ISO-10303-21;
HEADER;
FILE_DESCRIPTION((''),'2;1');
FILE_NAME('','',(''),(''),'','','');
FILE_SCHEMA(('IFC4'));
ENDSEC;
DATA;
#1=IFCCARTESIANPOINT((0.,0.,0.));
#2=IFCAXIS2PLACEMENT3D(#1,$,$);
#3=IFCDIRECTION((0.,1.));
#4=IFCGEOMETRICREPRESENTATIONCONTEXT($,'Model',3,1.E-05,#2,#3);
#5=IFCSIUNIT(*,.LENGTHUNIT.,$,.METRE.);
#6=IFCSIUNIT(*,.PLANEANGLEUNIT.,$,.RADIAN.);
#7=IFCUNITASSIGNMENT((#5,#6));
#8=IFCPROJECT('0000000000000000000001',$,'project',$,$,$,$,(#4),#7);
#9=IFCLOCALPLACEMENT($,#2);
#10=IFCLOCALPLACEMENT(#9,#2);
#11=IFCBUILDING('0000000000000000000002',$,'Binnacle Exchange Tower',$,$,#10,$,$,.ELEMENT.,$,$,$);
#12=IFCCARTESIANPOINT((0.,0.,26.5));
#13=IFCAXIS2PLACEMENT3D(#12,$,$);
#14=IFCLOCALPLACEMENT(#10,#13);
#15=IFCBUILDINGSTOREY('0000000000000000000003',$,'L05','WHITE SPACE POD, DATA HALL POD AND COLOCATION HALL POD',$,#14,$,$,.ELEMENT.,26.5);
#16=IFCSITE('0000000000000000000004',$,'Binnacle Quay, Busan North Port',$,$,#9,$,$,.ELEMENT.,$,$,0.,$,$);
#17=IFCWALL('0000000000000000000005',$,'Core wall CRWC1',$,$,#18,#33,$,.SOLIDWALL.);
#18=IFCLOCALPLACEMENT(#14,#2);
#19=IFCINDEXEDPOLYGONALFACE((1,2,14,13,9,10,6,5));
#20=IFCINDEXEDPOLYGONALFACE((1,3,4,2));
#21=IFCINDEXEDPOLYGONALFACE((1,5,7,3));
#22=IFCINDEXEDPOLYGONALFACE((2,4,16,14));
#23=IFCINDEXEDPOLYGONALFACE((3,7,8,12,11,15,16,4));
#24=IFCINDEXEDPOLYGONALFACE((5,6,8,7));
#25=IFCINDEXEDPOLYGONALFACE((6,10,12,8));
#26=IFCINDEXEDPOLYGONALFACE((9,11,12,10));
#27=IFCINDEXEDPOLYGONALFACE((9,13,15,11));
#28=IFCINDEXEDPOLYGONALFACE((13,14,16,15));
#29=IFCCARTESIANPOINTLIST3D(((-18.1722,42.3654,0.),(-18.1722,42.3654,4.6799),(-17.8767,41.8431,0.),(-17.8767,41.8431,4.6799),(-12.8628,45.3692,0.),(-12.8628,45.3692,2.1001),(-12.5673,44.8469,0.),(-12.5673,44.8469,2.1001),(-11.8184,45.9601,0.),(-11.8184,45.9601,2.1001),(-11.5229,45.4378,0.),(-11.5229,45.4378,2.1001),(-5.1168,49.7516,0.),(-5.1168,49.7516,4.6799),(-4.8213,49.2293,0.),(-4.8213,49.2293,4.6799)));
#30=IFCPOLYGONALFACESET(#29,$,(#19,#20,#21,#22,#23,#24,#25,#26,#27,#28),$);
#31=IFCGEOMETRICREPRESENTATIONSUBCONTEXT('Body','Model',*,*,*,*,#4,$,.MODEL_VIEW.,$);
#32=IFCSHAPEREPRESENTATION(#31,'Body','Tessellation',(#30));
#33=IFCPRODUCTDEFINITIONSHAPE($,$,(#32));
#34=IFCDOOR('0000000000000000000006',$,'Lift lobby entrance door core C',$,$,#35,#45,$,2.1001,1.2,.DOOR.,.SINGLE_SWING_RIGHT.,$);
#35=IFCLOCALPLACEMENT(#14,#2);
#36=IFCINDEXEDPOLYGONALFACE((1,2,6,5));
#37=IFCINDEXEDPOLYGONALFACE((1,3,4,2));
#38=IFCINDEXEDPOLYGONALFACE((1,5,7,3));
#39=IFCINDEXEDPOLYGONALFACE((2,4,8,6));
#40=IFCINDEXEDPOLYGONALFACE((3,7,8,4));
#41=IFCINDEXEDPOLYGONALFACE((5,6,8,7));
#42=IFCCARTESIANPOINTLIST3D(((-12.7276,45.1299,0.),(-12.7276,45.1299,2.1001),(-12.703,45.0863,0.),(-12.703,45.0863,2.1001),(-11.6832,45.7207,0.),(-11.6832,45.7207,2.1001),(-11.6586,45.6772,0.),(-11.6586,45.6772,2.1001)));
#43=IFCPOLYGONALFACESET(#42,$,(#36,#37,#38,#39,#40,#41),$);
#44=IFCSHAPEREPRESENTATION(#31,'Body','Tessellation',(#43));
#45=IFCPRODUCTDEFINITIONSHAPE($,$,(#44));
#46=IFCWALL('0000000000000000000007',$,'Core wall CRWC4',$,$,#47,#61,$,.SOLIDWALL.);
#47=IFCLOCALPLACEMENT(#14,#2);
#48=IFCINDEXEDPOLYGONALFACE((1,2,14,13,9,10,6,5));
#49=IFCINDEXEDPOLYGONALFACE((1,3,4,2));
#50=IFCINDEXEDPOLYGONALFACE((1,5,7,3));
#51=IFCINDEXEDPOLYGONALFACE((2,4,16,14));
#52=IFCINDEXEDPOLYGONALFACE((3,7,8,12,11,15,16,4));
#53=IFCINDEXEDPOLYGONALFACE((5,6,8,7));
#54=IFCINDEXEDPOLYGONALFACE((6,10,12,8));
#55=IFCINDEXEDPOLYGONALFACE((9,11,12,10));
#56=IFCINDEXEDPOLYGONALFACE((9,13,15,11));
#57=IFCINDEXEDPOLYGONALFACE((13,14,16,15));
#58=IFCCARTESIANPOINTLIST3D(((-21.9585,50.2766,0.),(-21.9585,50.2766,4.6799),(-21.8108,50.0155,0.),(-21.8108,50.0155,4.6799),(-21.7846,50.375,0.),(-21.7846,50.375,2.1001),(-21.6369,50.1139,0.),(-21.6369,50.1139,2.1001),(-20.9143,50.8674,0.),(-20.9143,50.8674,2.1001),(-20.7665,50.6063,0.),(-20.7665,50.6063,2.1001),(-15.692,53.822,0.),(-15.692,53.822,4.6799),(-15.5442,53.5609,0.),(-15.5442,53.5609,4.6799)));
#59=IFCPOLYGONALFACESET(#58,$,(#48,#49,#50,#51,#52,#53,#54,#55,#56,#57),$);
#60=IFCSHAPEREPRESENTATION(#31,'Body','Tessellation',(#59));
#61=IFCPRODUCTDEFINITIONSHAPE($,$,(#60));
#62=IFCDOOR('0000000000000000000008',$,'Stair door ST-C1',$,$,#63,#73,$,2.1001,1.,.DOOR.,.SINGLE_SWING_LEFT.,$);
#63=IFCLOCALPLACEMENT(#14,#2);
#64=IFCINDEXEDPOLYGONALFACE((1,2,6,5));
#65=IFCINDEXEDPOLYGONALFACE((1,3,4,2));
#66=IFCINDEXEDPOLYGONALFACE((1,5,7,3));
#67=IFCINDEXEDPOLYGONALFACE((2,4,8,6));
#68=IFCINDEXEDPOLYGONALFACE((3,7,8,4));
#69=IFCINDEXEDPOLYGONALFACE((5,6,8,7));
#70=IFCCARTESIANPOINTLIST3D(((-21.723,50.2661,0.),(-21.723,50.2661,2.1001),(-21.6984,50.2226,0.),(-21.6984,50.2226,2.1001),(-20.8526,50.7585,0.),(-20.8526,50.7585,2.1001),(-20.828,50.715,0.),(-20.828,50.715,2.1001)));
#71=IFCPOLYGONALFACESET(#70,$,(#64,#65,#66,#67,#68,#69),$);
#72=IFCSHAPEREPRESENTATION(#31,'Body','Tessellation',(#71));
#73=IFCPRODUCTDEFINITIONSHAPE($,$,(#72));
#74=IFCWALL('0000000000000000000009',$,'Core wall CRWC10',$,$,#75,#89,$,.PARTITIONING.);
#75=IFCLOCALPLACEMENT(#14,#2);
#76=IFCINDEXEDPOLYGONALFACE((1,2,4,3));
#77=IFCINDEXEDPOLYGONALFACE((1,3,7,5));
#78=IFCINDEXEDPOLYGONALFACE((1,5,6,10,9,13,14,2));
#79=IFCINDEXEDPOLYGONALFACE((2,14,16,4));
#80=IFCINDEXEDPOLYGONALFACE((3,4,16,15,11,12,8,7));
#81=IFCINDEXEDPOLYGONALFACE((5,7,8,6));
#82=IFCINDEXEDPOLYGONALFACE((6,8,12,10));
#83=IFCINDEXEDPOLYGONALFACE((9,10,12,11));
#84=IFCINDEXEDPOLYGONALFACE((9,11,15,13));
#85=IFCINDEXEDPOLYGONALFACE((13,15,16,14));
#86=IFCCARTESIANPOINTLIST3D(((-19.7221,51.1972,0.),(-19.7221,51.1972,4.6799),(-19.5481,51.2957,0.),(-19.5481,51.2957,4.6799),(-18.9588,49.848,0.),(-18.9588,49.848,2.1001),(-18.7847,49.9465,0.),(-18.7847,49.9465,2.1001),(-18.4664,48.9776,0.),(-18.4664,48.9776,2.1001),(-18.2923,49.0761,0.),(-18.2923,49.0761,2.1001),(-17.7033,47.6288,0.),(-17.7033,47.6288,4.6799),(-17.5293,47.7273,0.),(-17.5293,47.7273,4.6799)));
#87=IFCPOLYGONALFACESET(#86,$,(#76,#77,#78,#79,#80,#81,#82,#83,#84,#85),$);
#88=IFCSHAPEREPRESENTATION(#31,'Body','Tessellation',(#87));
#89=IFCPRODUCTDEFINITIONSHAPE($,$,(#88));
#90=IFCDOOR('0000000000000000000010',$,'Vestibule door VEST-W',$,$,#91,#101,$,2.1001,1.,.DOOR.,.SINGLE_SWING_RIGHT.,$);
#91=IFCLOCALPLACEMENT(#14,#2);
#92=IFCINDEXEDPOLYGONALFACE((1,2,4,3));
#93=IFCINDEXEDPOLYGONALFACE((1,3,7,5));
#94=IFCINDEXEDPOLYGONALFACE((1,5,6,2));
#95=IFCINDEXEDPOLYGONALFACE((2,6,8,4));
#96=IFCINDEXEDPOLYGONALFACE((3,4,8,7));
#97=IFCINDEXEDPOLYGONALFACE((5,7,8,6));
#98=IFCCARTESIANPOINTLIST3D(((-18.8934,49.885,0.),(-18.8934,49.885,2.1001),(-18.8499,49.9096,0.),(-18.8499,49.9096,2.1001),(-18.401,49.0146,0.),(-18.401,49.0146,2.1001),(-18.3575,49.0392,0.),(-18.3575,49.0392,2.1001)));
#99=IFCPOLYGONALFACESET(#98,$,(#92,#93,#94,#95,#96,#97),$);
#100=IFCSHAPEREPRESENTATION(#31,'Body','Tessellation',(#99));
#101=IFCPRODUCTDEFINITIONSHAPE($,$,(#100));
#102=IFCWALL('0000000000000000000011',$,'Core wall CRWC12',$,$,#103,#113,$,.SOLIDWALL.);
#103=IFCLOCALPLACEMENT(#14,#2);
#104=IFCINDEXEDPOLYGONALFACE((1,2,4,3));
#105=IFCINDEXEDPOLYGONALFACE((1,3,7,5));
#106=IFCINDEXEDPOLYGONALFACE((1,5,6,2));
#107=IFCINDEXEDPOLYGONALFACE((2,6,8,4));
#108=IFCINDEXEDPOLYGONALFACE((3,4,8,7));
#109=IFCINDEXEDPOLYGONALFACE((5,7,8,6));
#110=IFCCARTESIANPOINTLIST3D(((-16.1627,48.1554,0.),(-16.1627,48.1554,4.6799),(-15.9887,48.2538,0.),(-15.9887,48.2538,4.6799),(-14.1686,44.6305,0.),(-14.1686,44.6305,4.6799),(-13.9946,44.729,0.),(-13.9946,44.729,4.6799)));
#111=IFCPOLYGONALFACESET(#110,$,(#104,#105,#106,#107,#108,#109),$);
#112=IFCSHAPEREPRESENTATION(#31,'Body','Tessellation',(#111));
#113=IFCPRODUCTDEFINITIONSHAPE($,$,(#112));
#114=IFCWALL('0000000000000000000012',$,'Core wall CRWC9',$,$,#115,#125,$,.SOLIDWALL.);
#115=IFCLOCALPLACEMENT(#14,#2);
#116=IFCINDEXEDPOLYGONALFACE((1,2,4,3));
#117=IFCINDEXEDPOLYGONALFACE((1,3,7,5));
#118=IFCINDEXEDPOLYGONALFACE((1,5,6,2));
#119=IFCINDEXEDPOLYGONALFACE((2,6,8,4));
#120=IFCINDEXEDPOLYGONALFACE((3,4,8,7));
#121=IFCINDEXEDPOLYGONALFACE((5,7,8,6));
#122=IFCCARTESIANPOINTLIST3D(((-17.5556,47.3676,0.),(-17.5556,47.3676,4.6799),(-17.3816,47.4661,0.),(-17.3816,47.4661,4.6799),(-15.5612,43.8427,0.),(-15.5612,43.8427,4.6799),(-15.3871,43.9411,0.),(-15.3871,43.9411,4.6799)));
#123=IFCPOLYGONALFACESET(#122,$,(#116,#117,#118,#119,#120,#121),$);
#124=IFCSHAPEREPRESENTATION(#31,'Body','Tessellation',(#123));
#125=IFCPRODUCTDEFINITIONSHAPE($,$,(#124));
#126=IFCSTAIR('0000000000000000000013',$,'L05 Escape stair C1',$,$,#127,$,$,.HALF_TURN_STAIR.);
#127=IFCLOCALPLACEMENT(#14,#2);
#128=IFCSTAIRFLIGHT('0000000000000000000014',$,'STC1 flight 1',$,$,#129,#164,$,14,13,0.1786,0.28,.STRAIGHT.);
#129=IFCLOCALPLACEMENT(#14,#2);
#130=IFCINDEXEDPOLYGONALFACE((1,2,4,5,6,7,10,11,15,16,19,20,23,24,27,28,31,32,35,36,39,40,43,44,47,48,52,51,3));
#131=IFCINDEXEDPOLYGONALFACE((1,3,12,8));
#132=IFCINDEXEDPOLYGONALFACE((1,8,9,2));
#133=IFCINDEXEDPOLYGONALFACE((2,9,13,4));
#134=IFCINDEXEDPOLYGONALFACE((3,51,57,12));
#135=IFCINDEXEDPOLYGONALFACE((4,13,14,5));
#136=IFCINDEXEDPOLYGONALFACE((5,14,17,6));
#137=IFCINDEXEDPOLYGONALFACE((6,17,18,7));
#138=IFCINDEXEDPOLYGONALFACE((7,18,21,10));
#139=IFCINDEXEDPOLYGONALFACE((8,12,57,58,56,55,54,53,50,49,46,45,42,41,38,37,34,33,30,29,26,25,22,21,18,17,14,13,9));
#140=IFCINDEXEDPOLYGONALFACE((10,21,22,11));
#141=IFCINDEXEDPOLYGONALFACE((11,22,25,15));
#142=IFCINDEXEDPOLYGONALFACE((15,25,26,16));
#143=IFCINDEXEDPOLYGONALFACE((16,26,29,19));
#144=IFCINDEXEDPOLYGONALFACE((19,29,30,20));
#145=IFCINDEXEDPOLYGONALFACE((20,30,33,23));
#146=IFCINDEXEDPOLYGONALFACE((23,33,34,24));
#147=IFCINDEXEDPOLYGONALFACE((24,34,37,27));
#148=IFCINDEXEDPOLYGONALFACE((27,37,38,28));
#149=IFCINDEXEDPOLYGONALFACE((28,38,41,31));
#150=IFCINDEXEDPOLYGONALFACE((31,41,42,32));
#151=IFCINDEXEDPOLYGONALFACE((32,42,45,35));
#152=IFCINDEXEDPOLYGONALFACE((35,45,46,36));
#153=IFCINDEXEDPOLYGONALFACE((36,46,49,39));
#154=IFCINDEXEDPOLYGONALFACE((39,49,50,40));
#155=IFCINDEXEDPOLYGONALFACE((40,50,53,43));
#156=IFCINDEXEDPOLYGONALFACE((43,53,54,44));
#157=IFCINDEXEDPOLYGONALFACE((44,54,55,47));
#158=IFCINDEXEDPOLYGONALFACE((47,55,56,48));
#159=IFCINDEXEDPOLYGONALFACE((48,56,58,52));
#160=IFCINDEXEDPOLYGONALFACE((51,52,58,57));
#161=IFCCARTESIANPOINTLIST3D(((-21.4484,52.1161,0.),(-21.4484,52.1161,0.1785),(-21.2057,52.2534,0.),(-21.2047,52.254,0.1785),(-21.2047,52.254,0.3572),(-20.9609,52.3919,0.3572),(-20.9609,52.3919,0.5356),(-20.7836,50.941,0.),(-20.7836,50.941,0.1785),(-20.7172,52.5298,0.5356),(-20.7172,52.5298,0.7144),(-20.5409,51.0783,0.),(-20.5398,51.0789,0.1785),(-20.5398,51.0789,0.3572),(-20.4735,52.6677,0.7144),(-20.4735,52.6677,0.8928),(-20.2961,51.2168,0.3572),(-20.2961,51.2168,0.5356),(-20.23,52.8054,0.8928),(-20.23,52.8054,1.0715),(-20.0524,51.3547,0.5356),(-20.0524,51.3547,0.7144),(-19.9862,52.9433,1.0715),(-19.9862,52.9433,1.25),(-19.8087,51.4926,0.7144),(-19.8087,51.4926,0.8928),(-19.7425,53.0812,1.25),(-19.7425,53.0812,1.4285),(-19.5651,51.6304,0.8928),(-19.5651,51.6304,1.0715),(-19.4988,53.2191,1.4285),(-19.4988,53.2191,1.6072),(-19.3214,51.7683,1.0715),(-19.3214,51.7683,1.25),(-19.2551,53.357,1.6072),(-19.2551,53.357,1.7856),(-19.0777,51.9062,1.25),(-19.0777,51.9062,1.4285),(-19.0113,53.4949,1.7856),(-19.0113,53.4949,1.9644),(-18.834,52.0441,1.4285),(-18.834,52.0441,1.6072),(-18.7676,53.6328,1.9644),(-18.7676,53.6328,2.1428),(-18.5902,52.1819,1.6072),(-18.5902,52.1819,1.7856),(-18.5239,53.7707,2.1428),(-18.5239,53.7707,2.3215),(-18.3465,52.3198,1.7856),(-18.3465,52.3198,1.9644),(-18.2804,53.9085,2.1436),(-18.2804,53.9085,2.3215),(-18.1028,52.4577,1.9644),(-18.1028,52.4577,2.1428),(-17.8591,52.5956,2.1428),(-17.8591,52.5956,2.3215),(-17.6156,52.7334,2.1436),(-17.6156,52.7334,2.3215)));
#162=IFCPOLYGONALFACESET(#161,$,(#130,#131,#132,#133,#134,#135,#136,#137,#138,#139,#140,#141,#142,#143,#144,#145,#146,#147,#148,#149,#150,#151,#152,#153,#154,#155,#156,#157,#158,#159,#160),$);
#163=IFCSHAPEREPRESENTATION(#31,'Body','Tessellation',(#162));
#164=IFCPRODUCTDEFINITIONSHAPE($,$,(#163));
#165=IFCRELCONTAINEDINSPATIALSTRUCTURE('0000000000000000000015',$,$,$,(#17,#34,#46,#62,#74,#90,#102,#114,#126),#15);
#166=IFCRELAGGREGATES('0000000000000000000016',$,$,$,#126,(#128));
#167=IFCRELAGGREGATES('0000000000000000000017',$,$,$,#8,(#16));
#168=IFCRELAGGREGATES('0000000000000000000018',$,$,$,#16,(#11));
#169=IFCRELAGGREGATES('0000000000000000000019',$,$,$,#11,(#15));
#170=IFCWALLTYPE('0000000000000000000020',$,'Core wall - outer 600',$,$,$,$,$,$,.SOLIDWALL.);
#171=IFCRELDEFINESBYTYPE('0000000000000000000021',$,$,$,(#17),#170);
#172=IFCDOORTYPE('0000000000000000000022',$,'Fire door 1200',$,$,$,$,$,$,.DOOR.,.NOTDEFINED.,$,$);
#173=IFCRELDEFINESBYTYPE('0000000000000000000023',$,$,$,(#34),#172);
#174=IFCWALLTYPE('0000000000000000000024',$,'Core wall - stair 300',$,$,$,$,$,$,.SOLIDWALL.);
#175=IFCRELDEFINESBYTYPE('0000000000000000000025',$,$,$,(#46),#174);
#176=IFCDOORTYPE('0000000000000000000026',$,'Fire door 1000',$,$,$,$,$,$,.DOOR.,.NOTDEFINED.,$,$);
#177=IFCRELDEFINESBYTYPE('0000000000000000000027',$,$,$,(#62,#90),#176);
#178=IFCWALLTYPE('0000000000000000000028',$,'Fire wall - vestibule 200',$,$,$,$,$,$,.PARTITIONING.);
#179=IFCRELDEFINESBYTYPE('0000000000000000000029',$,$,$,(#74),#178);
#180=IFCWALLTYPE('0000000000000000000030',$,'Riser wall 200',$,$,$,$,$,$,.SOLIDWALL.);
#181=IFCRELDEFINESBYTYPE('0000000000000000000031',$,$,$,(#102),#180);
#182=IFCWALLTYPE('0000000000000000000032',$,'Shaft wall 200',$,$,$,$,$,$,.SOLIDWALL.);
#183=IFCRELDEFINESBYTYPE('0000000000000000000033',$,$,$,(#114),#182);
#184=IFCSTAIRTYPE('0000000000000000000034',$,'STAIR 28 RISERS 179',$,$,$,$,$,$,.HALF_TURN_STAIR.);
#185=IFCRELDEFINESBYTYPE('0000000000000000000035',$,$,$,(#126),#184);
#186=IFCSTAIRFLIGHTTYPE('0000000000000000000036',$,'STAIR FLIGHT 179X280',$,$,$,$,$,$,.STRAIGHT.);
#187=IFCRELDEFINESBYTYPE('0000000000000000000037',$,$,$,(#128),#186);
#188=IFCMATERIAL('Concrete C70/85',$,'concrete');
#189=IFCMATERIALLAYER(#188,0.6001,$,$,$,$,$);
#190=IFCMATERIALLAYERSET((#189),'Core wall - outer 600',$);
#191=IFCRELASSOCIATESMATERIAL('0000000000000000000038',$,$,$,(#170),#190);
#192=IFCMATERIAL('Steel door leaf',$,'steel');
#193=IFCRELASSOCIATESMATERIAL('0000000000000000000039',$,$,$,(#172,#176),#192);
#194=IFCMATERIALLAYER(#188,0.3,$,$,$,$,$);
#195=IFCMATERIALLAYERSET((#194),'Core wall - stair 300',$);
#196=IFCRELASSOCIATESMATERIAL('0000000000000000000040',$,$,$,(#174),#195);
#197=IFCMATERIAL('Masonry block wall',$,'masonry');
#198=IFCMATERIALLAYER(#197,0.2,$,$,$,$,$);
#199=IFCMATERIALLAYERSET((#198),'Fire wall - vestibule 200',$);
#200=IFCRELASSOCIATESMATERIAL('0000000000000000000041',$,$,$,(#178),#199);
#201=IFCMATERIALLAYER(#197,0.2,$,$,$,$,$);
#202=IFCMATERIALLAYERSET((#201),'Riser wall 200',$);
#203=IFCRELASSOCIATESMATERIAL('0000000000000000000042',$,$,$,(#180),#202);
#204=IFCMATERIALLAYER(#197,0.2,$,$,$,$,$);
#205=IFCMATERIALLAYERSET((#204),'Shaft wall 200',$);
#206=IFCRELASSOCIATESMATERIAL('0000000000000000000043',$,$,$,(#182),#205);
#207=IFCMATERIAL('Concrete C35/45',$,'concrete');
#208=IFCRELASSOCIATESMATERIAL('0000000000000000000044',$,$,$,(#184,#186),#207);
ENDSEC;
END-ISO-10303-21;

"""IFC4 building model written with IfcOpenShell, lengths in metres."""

from ifc_helpers import new_model, si_unit, direction, frame, frame_2d, origin, place, context, subcontext, project, spatial, polyline, rectangle, outline, extrude, material, layer, layer_set, type_object, element, fill, aggregate, save


model = new_model("IFC4")

# Units and contexts
model_context = context("Model", 3, precision=1e-05, world=origin(), true_north=direction((0.0, 1.0)))
body_context = subcontext(model_context, "Body", "Model", "MODEL_VIEW")
ifc_project = project(units=[si_unit("LENGTHUNIT", "METRE"), si_unit("PLANEANGLEUNIT", "RADIAN")], contexts=[model_context])

# Site, building, storey
site_placement = place(None, origin())
site = spatial("IfcSite", under=ifc_project, at=site_placement, Name="Binnacle Quay, Busan North Port", CompositionType="ELEMENT", RefElevation=0.0)
building_placement = place(site_placement, origin())
building = spatial("IfcBuilding", under=site, at=building_placement, Name="Binnacle Exchange Tower", CompositionType="ELEMENT")
storey_placement = place(building_placement, frame((0.0, 0.0, 26.5)))
storey = spatial("IfcBuildingStorey", under=building, at=storey_placement, Name="L05", Description="WHITE SPACE POD, DATA HALL POD AND COLOCATION HALL POD", CompositionType="ELEMENT", Elevation=26.5)

# Shared definitions
ifc_material_1 = material(Name="Concrete C70/85", Category="concrete")

# Shared definitions
ifc_material_2 = material(Name="Steel door leaf", Category="steel")

# Walls, openings, doors
ifc_layer_1 = layer(ifc_material_1, 0.6001)
ifc_layer_set_1 = layer_set([ifc_layer_1], Name="Core wall - outer 600")
wall_type_1 = type_object("IfcWallType", Name="Core wall - outer 600", PredefinedType="SOLIDWALL", material=ifc_layer_set_1)
wall_1_placement = place(storey_placement, frame((-18.0244, 42.1042, 0.0), z_axis=(0.0, 0.0, 1.0), x_axis=(0.870361, 0.492415, 0.0)))
wall_1 = element("IfcWall", 1, at=wall_1_placement, inside=storey, type_object=wall_type_1, Name="Core wall CRWC1", PredefinedType="SOLIDWALL", context=body_context, shape_type="SweptSolid", body=[
    extrude(rectangle(XDim=15.0, YDim=0.6001, at=frame_2d((7.5, 0.0))), origin(), (0.0, 0.0, 1.0), 4.6799),
])
opening_1_placement = place(wall_1_placement, frame((6.1001, 0.0, 0.0)))
opening_1 = element("IfcOpeningElement", 2, at=opening_1_placement, cuts=wall_1, PredefinedType="OPENING", context=body_context, shape_type="SweptSolid", body=[
    extrude(rectangle(XDim=1.2, YDim=2.1001, at=frame_2d((0.6001, 1.05))), frame((0.0, 0.3101, 0.0), z_axis=(0.0, -1.0, 0.0), x_axis=(1.0, 0.0, 0.0)), (0.0, 0.0, 1.0), 0.6201),
])
door_type_1 = type_object("IfcDoorType", Name="Fire door 1200", OperationType="NOTDEFINED", PredefinedType="DOOR", material=ifc_material_2)
door_1_placement = place(opening_1_placement, frame((1.2, 0.0, 0.0), z_axis=(0.0, 0.0, 1.0), x_axis=(-1.0, 0.0, 0.0)))
door_1 = element("IfcDoor", 3, at=door_1_placement, inside=storey, type_object=door_type_1, Name="Lift lobby entrance door core C", OperationType="SINGLE_SWING_RIGHT", OverallHeight=2.1001, OverallWidth=1.2, PredefinedType="DOOR", context=body_context, shape_type="SweptSolid", body=[
    extrude(rectangle(XDim=1.2, YDim=2.1001, at=frame_2d((0.6001, 1.05))), frame((0.0, 0.0249, 0.0), z_axis=(0.0, -1.0, 0.0), x_axis=(1.0, 0.0, 0.0)), (0.0, 0.0, 1.0), 0.05),
])
fill(opening_1, door_1)
ifc_layer_2 = layer(ifc_material_1, 0.3)
ifc_layer_set_2 = layer_set([ifc_layer_2], Name="Core wall - stair 300")
wall_type_2 = type_object("IfcWallType", Name="Core wall - stair 300", PredefinedType="SOLIDWALL", material=ifc_layer_set_2)
wall_2_placement = place(storey_placement, frame((-21.8848, 50.146, 0.0), z_axis=(0.0, 0.0, 1.0), x_axis=(0.870359, 0.492417, 0.0)))
wall_2 = element("IfcWall", 4, at=wall_2_placement, inside=storey, type_object=wall_type_2, Name="Core wall CRWC4", PredefinedType="SOLIDWALL", context=body_context, shape_type="SweptSolid", body=[
    extrude(rectangle(XDim=7.2, YDim=0.3, at=frame_2d((3.6001, 0.0))), origin(), (0.0, 0.0, 1.0), 4.6799),
])
opening_2_placement = place(wall_2_placement, frame((0.2, 0.0, 0.0)))
opening_2 = element("IfcOpeningElement", 5, at=opening_2_placement, cuts=wall_2, PredefinedType="OPENING", context=body_context, shape_type="SweptSolid", body=[
    extrude(rectangle(XDim=1.0, YDim=2.1001, at=frame_2d((0.5, 1.05))), frame((0.0, 0.1599, 0.0), z_axis=(0.0, -1.0, 0.0), x_axis=(1.0, 0.0, 0.0)), (0.0, 0.0, 1.0), 0.3201),
])
door_type_2 = type_object("IfcDoorType", Name="Fire door 1000", OperationType="NOTDEFINED", PredefinedType="DOOR", material=ifc_material_2)
door_2_placement = place(opening_2_placement, origin())
door_2 = element("IfcDoor", 6, at=door_2_placement, inside=storey, type_object=door_type_2, Name="Stair door ST-C1", OperationType="SINGLE_SWING_LEFT", OverallHeight=2.1001, OverallWidth=1.0, PredefinedType="DOOR", context=body_context, shape_type="SweptSolid", body=[
    extrude(rectangle(XDim=1.0, YDim=2.1001, at=frame_2d((0.5, 1.05))), frame((0.0, 0.0249, 0.0), z_axis=(0.0, -1.0, 0.0), x_axis=(1.0, 0.0, 0.0)), (0.0, 0.0, 1.0), 0.05),
])
fill(opening_2, door_2)
ifc_material_3 = material(Name="Masonry block wall", Category="masonry")
ifc_layer_3 = layer(ifc_material_3, 0.2)
ifc_layer_set_3 = layer_set([ifc_layer_3], Name="Fire wall - vestibule 200")
wall_type_3 = type_object("IfcWallType", Name="Fire wall - vestibule 200", PredefinedType="PARTITIONING", material=ifc_layer_set_3)
wall_3_placement = place(storey_placement, frame((-19.635, 51.2463, 0.0), z_axis=(0.0, 0.0, 1.0), x_axis=(0.492408, -0.870364, 0.0)))
wall_3 = element("IfcWall", 7, at=wall_3_placement, inside=storey, type_object=wall_type_3, Name="Core wall CRWC10", PredefinedType="PARTITIONING", context=body_context, shape_type="SweptSolid", body=[
    extrude(rectangle(XDim=4.0999, YDim=0.2, at=frame_2d((2.0498, 0.0))), origin(), (0.0, 0.0, 1.0), 4.6799),
])
opening_3_placement = place(wall_3_placement, frame((1.55, 0.0, 0.0)))
opening_3 = element("IfcOpeningElement", 8, at=opening_3_placement, cuts=wall_3, PredefinedType="OPENING", context=body_context, shape_type="SweptSolid", body=[
    extrude(rectangle(XDim=1.0, YDim=2.1001, at=frame_2d((0.5, 1.05))), frame((0.0, 0.1099, 0.0), z_axis=(0.0, -1.0, 0.0), x_axis=(1.0, 0.0, 0.0)), (0.0, 0.0, 1.0), 0.22),
])
door_3_placement = place(opening_3_placement, frame((1.0, 0.0, 0.0), z_axis=(0.0, 0.0, 1.0), x_axis=(-1.0, 0.0, 0.0)))
door_3 = element("IfcDoor", 9, at=door_3_placement, inside=storey, type_object=door_type_2, Name="Vestibule door VEST-W", OperationType="SINGLE_SWING_RIGHT", OverallHeight=2.1001, OverallWidth=1.0, PredefinedType="DOOR", context=body_context, shape_type="SweptSolid", body=[
    extrude(rectangle(XDim=1.0, YDim=2.1001, at=frame_2d((0.5, 1.05))), frame((0.0, 0.0249, 0.0), z_axis=(0.0, -1.0, 0.0), x_axis=(1.0, 0.0, 0.0)), (0.0, 0.0, 1.0), 0.05),
])
fill(opening_3, door_3)

# Walls
ifc_layer_4 = layer(ifc_material_3, 0.2)
ifc_layer_set_4 = layer_set([ifc_layer_4], Name="Riser wall 200")
wall_type_4 = type_object("IfcWallType", Name="Riser wall 200", PredefinedType="SOLIDWALL", material=ifc_layer_set_4)
wall_4_placement = place(storey_placement, frame((-16.0757, 48.2046, 0.0), z_axis=(0.0, 0.0, 1.0), x_axis=(0.492395, -0.870372, 0.0)))
element("IfcWall", 10, at=wall_4_placement, inside=storey, type_object=wall_type_4, Name="Core wall CRWC12", PredefinedType="SOLIDWALL", context=body_context, shape_type="SweptSolid", body=[
    extrude(rectangle(XDim=4.0498, YDim=0.2, at=frame_2d((2.0249, 0.0))), origin(), (0.0, 0.0, 1.0), 4.6799),
])
ifc_layer_5 = layer(ifc_material_3, 0.2)
ifc_layer_set_5 = layer_set([ifc_layer_5], Name="Shaft wall 200")
wall_type_5 = type_object("IfcWallType", Name="Shaft wall 200", PredefinedType="SOLIDWALL", material=ifc_layer_set_5)
wall_5_placement = place(storey_placement, frame((-17.4685, 47.4167, 0.0), z_axis=(0.0, 0.0, 1.0), x_axis=(0.492441, -0.870346, 0.0)))
element("IfcWall", 11, at=wall_5_placement, inside=storey, type_object=wall_type_5, Name="Core wall CRWC9", PredefinedType="SOLIDWALL", context=body_context, shape_type="SweptSolid", body=[
    extrude(rectangle(XDim=4.05, YDim=0.2, at=frame_2d((2.0249, 0.0))), origin(), (0.0, 0.0, 1.0), 4.6799),
])

# Stair, stair flight
ifc_material_4 = material(Name="Concrete C35/45", Category="concrete")
stair_type = type_object("IfcStairType", Name="STAIR 28 RISERS 179", PredefinedType="HALF_TURN_STAIR", material=ifc_material_4)
stair_placement = place(storey_placement, origin())
stair = element("IfcStair", 12, at=stair_placement, inside=storey, type_object=stair_type, Name="L05 Escape stair C1", PredefinedType="HALF_TURN_STAIR")
stair_flight_type = type_object("IfcStairFlightType", Name="STAIR FLIGHT 179X280", PredefinedType="STRAIGHT", material=ifc_material_4)
stair_flight_placement = place(storey_placement, frame((-21.116, 51.5286, 0.0), z_axis=(0.0, 0.0, 1.0), x_axis=(0.870356, 0.492424, 0.0)))
stair_flight = element("IfcStairFlight", 13, at=stair_flight_placement, type_object=stair_flight_type, Name="STC1 flight 1", NumberOfRisers=14, NumberOfTreads=13, PredefinedType="STRAIGHT", RiserHeight=0.1786, TreadLength=0.28, context=body_context, shape_type="SweptSolid", body=[
    extrude(outline(polyline([(0.0, 0.0), (0.0, 0.1785), (0.28, 0.1785), (0.28, 0.3572), (0.5601, 0.3572), (0.5601, 0.5356), (0.8401, 0.5356), (0.8401, 0.7144), (1.1201, 0.7144), (1.1201, 0.8928), (1.3999, 0.8928), (1.3999, 1.0715), (1.6799, 1.0715), (1.6799, 1.25), (1.96, 1.25), (1.96, 1.4285), (2.24, 1.4285), (2.24, 1.6072), (2.52, 1.6072), (2.52, 1.7856), (2.8, 1.7856), (2.8, 1.9644), (3.0801, 1.9644), (3.0801, 2.1428), (3.3601, 2.1428), (3.3601, 2.3215), (3.6399, 2.3215), (3.6399, 2.5), (3.6399, 2.1436), (0.2788, 0.0), (0.0, 0.0)])), frame((0.0, 0.675, 0.0), z_axis=(0.0, -1.0, 0.0), x_axis=(1.0, 0.0, 0.0)), (0.0, 0.0, 1.0), 1.3501),
])
aggregate(stair, [stair_flight])

save(model, "model.ifc")
